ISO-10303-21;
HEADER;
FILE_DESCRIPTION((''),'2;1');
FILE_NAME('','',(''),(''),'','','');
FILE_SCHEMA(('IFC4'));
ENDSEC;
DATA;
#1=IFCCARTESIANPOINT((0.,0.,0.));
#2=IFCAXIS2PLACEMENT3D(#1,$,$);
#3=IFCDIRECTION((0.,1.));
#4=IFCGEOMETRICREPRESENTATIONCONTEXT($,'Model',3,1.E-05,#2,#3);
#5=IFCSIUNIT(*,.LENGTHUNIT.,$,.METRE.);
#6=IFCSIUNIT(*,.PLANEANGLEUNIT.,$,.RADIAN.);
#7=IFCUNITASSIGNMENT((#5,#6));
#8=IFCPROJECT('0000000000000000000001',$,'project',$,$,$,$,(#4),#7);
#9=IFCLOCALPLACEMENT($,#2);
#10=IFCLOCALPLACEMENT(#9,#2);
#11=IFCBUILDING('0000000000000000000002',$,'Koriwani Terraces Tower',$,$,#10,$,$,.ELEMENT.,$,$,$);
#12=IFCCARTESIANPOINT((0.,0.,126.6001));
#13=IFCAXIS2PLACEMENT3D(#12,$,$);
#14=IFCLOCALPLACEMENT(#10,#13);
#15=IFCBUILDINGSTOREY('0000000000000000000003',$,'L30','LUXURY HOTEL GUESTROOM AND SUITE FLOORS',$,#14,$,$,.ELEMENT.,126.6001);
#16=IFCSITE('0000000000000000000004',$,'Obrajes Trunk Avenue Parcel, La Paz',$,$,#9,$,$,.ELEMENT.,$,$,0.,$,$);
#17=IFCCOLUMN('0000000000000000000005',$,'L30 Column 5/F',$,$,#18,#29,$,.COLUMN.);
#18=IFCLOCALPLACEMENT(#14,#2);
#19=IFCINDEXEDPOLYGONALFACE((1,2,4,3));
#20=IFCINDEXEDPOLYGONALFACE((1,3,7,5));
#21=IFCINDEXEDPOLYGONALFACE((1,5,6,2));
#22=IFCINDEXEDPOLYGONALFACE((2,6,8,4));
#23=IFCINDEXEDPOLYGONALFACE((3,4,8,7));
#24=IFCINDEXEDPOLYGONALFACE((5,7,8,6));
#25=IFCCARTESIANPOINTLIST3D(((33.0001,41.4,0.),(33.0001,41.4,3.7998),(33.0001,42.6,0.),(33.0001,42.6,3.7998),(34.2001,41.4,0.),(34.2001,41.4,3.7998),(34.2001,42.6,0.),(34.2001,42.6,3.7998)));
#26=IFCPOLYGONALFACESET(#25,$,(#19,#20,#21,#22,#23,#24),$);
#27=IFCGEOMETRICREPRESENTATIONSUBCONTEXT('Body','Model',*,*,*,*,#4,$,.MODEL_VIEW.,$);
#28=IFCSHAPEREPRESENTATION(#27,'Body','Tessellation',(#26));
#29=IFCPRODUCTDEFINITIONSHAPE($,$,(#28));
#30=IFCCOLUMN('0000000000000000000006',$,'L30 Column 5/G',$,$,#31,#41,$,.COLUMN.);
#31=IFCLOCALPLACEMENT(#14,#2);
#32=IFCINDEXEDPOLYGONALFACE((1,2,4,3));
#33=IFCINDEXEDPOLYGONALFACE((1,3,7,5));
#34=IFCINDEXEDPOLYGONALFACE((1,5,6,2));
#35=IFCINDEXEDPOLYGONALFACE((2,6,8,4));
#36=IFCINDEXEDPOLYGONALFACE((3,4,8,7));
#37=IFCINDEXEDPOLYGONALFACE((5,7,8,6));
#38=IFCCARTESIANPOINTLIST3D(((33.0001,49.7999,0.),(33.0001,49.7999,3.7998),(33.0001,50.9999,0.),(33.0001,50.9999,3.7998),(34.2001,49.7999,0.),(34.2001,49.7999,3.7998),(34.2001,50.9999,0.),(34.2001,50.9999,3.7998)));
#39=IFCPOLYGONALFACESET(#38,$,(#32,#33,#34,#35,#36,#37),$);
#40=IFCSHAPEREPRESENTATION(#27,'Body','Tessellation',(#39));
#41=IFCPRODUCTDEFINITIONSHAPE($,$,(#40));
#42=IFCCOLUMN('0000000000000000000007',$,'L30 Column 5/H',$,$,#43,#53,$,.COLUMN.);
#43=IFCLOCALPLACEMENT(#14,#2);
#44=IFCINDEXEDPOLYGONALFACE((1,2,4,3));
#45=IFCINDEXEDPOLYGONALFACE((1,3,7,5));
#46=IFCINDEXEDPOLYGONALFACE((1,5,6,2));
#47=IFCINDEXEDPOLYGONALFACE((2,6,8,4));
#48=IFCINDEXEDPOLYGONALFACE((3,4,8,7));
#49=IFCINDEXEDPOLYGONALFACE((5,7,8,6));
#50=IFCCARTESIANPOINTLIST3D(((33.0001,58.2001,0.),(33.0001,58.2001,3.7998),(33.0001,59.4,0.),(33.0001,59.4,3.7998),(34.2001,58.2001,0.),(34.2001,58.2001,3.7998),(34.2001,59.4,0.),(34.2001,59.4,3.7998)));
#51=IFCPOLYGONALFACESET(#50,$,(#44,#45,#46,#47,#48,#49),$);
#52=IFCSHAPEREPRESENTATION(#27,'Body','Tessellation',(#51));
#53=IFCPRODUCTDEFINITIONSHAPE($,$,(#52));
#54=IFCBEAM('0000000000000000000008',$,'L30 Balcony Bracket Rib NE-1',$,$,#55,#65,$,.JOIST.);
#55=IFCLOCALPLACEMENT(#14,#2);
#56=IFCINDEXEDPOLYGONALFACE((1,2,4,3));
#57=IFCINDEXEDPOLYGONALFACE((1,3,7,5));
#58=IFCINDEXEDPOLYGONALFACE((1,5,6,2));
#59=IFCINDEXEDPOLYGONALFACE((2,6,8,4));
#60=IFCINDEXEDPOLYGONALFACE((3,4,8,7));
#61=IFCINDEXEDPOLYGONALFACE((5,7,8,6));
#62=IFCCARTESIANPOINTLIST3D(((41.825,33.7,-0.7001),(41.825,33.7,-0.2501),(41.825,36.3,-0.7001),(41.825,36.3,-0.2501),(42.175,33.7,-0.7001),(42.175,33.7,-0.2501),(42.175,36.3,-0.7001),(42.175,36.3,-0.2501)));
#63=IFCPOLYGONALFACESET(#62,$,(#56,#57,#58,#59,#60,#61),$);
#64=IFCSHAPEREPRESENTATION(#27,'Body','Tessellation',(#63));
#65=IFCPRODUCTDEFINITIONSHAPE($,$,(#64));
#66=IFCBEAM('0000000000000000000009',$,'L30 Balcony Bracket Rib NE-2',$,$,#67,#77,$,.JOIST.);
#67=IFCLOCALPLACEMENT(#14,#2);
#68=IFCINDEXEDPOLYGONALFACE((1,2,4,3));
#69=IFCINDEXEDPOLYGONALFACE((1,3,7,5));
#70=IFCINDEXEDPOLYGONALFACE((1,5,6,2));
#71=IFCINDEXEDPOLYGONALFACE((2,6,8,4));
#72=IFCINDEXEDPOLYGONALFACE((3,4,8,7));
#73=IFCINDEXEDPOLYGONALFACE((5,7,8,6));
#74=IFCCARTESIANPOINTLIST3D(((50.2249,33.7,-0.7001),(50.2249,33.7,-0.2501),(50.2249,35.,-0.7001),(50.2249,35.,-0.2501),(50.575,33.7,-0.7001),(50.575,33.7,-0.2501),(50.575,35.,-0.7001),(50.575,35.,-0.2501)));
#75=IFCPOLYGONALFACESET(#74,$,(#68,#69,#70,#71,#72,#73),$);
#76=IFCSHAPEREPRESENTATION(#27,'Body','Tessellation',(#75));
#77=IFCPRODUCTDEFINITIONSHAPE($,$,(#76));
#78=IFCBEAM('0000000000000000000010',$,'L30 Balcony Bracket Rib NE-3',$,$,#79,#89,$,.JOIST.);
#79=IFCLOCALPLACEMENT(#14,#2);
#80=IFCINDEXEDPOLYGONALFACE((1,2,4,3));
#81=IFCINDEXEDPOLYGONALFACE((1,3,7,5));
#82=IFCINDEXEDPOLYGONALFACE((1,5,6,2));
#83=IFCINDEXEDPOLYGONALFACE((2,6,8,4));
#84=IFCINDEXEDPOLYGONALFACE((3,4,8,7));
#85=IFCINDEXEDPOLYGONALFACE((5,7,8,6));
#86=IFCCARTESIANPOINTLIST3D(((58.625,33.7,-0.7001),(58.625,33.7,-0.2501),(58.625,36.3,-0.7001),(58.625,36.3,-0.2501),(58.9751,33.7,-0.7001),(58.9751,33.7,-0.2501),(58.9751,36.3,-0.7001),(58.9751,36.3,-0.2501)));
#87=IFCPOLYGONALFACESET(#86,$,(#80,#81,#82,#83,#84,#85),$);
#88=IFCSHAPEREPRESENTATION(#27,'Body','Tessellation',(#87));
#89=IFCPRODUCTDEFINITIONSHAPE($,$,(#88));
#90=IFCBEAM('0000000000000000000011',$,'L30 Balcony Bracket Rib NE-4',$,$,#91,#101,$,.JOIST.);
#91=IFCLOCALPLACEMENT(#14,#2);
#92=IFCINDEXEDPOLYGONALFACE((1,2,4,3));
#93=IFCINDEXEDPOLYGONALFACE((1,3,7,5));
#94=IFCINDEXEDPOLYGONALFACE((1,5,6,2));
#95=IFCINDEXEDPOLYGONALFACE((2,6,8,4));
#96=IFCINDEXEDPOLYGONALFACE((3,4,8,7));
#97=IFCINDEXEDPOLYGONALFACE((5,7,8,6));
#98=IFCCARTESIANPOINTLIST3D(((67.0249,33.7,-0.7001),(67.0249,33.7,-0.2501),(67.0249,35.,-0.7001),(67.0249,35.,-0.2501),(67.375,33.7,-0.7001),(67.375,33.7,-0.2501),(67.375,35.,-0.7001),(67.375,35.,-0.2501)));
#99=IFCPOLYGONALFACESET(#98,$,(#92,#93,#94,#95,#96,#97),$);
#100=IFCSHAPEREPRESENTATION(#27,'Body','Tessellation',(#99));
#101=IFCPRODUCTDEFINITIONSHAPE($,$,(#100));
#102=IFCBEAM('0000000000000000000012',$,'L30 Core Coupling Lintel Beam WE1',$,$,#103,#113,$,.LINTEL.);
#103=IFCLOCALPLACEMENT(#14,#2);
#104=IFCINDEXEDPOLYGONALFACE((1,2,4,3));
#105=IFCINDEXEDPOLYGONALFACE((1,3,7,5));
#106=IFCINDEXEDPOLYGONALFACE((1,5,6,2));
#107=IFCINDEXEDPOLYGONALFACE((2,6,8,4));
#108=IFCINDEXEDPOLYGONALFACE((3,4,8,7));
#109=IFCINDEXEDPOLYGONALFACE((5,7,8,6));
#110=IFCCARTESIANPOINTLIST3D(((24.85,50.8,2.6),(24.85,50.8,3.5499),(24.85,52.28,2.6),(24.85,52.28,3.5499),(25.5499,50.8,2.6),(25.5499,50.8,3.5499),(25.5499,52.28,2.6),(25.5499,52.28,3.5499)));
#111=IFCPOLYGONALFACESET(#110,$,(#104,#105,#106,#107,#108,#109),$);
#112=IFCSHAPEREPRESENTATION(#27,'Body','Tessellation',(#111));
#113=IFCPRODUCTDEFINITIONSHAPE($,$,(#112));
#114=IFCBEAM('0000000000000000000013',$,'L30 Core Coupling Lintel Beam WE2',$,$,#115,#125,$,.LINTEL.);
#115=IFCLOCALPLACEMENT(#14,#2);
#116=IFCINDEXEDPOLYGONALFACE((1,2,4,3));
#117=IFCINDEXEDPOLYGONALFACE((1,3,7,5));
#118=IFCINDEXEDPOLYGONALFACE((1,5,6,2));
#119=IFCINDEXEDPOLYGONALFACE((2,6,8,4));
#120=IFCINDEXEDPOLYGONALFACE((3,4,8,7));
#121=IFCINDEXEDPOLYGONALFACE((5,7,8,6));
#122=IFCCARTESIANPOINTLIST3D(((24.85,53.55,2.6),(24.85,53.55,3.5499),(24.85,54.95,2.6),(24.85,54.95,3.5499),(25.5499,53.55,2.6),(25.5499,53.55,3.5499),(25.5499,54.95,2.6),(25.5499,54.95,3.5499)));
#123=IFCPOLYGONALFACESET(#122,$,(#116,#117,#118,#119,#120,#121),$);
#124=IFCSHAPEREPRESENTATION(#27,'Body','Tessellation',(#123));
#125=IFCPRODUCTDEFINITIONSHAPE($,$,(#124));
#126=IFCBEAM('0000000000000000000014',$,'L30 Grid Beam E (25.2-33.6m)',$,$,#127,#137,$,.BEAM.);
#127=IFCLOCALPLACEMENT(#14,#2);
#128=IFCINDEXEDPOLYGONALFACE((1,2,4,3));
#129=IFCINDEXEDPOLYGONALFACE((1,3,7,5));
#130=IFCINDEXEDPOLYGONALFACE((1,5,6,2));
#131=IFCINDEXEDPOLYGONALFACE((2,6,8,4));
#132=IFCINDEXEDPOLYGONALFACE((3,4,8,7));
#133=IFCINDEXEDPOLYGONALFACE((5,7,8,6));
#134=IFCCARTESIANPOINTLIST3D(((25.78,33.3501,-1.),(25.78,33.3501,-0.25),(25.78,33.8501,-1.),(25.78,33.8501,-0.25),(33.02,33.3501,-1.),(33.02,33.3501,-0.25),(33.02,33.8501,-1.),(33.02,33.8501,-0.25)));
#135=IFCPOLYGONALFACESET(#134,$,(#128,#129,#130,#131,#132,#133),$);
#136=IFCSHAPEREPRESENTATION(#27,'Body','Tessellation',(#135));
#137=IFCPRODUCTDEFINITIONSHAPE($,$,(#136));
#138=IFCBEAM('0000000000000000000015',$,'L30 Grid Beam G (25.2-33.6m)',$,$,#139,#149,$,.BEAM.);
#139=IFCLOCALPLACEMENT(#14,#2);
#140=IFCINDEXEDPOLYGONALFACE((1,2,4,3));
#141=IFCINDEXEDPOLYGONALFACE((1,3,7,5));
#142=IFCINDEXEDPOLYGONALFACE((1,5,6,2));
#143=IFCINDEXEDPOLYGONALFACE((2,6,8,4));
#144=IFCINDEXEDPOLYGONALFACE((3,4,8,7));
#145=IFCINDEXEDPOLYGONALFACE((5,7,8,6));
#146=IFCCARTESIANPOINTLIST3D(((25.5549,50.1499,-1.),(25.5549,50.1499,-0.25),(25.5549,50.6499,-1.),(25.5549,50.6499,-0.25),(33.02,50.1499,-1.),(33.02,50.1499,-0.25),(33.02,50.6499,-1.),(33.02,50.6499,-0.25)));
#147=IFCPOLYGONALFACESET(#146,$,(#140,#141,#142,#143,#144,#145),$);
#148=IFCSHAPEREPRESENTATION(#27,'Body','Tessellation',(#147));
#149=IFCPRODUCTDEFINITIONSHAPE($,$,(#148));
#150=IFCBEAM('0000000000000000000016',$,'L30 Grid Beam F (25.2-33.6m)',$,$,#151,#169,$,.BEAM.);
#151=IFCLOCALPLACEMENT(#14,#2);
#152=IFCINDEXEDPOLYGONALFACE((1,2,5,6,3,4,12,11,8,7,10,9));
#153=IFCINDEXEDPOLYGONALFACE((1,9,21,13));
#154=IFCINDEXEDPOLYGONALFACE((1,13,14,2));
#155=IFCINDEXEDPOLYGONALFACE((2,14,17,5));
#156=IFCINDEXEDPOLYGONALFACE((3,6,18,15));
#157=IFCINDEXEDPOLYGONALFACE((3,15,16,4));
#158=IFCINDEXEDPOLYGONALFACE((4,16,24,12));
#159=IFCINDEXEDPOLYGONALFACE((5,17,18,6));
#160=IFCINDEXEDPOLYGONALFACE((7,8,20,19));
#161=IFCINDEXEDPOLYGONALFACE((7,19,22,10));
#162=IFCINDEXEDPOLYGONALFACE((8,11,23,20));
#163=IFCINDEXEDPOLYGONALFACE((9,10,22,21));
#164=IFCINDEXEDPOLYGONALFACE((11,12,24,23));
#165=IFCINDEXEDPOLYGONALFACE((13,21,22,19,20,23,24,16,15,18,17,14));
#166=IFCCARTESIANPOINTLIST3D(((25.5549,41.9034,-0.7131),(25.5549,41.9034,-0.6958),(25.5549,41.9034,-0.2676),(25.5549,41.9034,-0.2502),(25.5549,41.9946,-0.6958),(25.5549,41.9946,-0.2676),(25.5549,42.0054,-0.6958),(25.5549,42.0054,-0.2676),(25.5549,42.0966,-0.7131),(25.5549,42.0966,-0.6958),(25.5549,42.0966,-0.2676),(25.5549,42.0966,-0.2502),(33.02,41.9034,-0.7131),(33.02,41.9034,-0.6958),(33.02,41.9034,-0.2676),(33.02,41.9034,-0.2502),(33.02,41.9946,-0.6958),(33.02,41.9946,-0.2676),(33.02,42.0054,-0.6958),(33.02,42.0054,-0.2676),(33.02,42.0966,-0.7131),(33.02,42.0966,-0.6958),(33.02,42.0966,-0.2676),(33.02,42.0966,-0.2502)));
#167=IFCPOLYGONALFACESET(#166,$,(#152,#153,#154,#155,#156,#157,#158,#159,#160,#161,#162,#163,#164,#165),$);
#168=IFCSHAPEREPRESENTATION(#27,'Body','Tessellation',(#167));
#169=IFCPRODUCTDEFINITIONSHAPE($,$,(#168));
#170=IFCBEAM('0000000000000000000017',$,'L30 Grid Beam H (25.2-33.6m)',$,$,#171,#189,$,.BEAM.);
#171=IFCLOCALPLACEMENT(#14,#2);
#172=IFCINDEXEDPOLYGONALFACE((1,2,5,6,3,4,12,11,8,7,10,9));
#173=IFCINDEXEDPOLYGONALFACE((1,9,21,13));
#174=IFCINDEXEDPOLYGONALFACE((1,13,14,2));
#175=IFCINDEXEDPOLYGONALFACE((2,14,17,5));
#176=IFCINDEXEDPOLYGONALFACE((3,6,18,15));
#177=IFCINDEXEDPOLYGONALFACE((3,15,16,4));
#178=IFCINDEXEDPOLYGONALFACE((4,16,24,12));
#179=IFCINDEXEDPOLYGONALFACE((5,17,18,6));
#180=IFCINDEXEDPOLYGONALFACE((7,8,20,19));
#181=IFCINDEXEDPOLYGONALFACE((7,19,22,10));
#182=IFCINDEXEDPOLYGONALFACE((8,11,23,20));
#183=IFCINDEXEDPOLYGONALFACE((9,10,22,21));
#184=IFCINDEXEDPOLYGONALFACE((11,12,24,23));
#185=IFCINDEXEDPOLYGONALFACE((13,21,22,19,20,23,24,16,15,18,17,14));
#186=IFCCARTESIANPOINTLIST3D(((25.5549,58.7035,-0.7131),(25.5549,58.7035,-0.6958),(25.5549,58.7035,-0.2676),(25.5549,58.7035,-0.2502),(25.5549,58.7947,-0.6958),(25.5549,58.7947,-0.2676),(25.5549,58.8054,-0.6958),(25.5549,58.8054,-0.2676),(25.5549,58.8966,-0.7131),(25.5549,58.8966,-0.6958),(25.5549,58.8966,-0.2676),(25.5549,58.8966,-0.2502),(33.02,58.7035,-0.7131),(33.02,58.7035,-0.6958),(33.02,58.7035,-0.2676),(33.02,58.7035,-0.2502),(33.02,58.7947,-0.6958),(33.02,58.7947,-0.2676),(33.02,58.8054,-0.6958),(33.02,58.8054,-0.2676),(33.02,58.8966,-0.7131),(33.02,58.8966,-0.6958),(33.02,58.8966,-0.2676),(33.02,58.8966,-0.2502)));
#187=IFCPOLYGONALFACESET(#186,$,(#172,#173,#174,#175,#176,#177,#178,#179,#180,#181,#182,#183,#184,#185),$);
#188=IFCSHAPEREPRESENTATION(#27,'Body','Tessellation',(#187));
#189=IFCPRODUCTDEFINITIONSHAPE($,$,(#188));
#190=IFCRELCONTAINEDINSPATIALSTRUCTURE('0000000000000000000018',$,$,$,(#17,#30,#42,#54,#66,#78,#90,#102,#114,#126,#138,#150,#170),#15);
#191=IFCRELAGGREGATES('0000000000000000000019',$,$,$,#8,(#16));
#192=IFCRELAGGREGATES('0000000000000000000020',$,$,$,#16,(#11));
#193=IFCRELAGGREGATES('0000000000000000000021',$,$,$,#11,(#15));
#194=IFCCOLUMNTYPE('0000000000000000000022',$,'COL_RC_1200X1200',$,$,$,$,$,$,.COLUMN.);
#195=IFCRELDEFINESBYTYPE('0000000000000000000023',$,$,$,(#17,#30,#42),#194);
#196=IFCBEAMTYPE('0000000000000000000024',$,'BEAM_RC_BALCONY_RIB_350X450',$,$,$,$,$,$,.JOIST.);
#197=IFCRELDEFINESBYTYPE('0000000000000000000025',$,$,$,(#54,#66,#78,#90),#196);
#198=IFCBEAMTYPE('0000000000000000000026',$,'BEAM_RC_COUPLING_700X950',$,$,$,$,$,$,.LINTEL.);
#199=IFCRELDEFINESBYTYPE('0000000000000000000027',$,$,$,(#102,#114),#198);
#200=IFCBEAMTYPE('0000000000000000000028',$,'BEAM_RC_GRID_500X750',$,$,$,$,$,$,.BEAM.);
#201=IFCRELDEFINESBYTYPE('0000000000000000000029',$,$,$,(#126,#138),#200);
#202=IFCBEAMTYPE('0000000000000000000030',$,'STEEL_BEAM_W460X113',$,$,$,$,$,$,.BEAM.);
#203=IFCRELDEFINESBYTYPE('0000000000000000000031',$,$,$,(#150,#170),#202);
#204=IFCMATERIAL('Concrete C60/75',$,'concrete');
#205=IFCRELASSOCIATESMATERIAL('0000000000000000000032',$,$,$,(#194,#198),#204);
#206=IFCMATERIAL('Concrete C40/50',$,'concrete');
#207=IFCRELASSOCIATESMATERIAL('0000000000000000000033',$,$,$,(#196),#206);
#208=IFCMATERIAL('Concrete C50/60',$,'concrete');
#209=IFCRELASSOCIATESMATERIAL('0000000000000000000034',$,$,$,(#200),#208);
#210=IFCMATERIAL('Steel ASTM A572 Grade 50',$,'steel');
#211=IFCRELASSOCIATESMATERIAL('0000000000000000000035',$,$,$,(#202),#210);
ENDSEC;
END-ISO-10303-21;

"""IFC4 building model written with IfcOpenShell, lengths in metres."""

from ifc_helpers import new_model, si_unit, direction, frame, origin, origin_2d, place, context, subcontext, project, spatial, rectangle, i_section, extrude, material, material_profile, profile_set, type_object, element, save


model = new_model("IFC4")

# Units and contexts
model_context = context("Model", 3, precision=1e-05, world=origin(), true_north=direction((0.0, 1.0)))
body_context = subcontext(model_context, "Body", "Model", "MODEL_VIEW")
ifc_project = project(units=[si_unit("LENGTHUNIT", "METRE"), si_unit("PLANEANGLEUNIT", "RADIAN")], contexts=[model_context])

# Site, building, storey
site_placement = place(None, origin())
site = spatial("IfcSite", under=ifc_project, at=site_placement, Name="Obrajes Trunk Avenue Parcel, La Paz", CompositionType="ELEMENT", RefElevation=0.0)
building_placement = place(site_placement, origin())
building = spatial("IfcBuilding", under=site, at=building_placement, Name="Koriwani Terraces Tower", CompositionType="ELEMENT")
storey_placement = place(building_placement, frame((0.0, 0.0, 126.6001)))
storey = spatial("IfcBuildingStorey", under=building, at=storey_placement, Name="L30", Description="LUXURY HOTEL GUESTROOM AND SUITE FLOORS", CompositionType="ELEMENT", Elevation=126.6001)

# Columns
ifc_material_1 = material(Name="Concrete C60/75", Category="concrete")
ifc_material_profile_1 = material_profile(ifc_material_1, rectangle(XDim=1.2, YDim=1.2, at=origin_2d()), Name="Concrete C60/75", Category="LoadBearing")
ifc_profile_set_1 = profile_set([ifc_material_profile_1], Name="Concrete C60/75")
column_type = type_object("IfcColumnType", Name="COL_RC_1200X1200", PredefinedType="COLUMN", material=ifc_profile_set_1)
for number, where, z_axis, x_axis, name in (
    (1, (33.6001, 42.0, 0.0), (0.0, 0.0, 1.0), (1.0, 0.0, 0.0), "L30 Column 5/F"),
    (2, (33.6001, 50.3999, 0.0), (0.0, 0.0, 1.0), (1.0, 0.0, 0.0), "L30 Column 5/G"),
    (3, (33.6001, 58.8, 0.0), (0.0, 0.0, 1.0), (1.0, 0.0, 0.0), "L30 Column 5/H"),
):
    element("IfcColumn", number, at=place(storey_placement, frame(where, z_axis=z_axis, x_axis=x_axis)), inside=storey, type_object=column_type, Name=name, PredefinedType="COLUMN", context=body_context, shape_type="SweptSolid", body=[
        extrude(rectangle(XDim=1.2, YDim=1.2, at=origin_2d()), origin(), (0.0, 0.0, 1.0), 3.7998),
    ])

# Beams
ifc_material_2 = material(Name="Concrete C40/50", Category="concrete")
ifc_material_profile_2 = material_profile(ifc_material_2, rectangle(XDim=0.3501, YDim=0.45, at=origin_2d()), Name="Concrete C40/50", Category="LoadBearing")
ifc_profile_set_2 = profile_set([ifc_material_profile_2], Name="Concrete C40/50")
beam_type_1 = type_object("IfcBeamType", Name="BEAM_RC_BALCONY_RIB_350X450", PredefinedType="JOIST", material=ifc_profile_set_2)
beam_1_placement = place(storey_placement, frame((42.0, 33.7, -0.4751), z_axis=(0.0, 1.0, 0.0), x_axis=(-1.0, 0.0, 0.0)))
element("IfcBeam", 4, at=beam_1_placement, inside=storey, type_object=beam_type_1, Name="L30 Balcony Bracket Rib NE-1", PredefinedType="JOIST", context=body_context, shape_type="SweptSolid", body=[
    extrude(rectangle(XDim=0.3501, YDim=0.45, at=origin_2d()), origin(), (0.0, 0.0, 1.0), 2.6001),
])
beam_2_placement = place(storey_placement, frame((50.3999, 33.7, -0.4751), z_axis=(0.0, 1.0, 0.0), x_axis=(-1.0, 0.0, 0.0)))
element("IfcBeam", 5, at=beam_2_placement, inside=storey, type_object=beam_type_1, Name="L30 Balcony Bracket Rib NE-2", PredefinedType="JOIST", context=body_context, shape_type="SweptSolid", body=[
    extrude(rectangle(XDim=0.3501, YDim=0.45, at=origin_2d()), origin(), (0.0, 0.0, 1.0), 1.3),
])
beam_3_placement = place(storey_placement, frame((58.8, 33.7, -0.4751), z_axis=(0.0, 1.0, 0.0), x_axis=(-1.0, 0.0, 0.0)))
element("IfcBeam", 6, at=beam_3_placement, inside=storey, type_object=beam_type_1, Name="L30 Balcony Bracket Rib NE-3", PredefinedType="JOIST", context=body_context, shape_type="SweptSolid", body=[
    extrude(rectangle(XDim=0.3501, YDim=0.45, at=origin_2d()), origin(), (0.0, 0.0, 1.0), 2.6001),
])
beam_4_placement = place(storey_placement, frame((67.2, 33.7, -0.4751), z_axis=(0.0, 1.0, 0.0), x_axis=(-1.0, 0.0, 0.0)))
element("IfcBeam", 7, at=beam_4_placement, inside=storey, type_object=beam_type_1, Name="L30 Balcony Bracket Rib NE-4", PredefinedType="JOIST", context=body_context, shape_type="SweptSolid", body=[
    extrude(rectangle(XDim=0.3501, YDim=0.45, at=origin_2d()), origin(), (0.0, 0.0, 1.0), 1.3),
])
ifc_material_profile_3 = material_profile(ifc_material_1, rectangle(XDim=0.7, YDim=0.95, at=origin_2d()), Name="Concrete C60/75", Category="LoadBearing")
ifc_profile_set_3 = profile_set([ifc_material_profile_3], Name="Concrete C60/75")
beam_type_2 = type_object("IfcBeamType", Name="BEAM_RC_COUPLING_700X950", PredefinedType="LINTEL", material=ifc_profile_set_3)
beam_5_placement = place(storey_placement, frame((25.2, 50.8, 3.075), z_axis=(0.0, 1.0, 0.0), x_axis=(-1.0, 0.0, 0.0)))
element("IfcBeam", 8, at=beam_5_placement, inside=storey, type_object=beam_type_2, Name="L30 Core Coupling Lintel Beam WE1", PredefinedType="LINTEL", context=body_context, shape_type="SweptSolid", body=[
    extrude(rectangle(XDim=0.7, YDim=0.95, at=origin_2d()), origin(), (0.0, 0.0, 1.0), 1.48),
])
beam_6_placement = place(storey_placement, frame((25.2, 53.55, 3.075), z_axis=(0.0, 1.0, 0.0), x_axis=(-1.0, 0.0, 0.0)))
element("IfcBeam", 9, at=beam_6_placement, inside=storey, type_object=beam_type_2, Name="L30 Core Coupling Lintel Beam WE2", PredefinedType="LINTEL", context=body_context, shape_type="SweptSolid", body=[
    extrude(rectangle(XDim=0.7, YDim=0.95, at=origin_2d()), origin(), (0.0, 0.0, 1.0), 1.3999),
])
ifc_material_3 = material(Name="Concrete C50/60", Category="concrete")
ifc_material_profile_4 = material_profile(ifc_material_3, rectangle(XDim=0.5, YDim=0.75, at=origin_2d()), Name="Concrete C50/60", Category="LoadBearing")
ifc_profile_set_4 = profile_set([ifc_material_profile_4], Name="Concrete C50/60")
beam_type_3 = type_object("IfcBeamType", Name="BEAM_RC_GRID_500X750", PredefinedType="BEAM", material=ifc_profile_set_4)
beam_7_placement = place(storey_placement, frame((25.78, 33.6001, -0.625), z_axis=(1.0, 0.0, 0.0), x_axis=(0.0, 1.0, 0.0)))
element("IfcBeam", 10, at=beam_7_placement, inside=storey, type_object=beam_type_3, Name="L30 Grid Beam E (25.2-33.6m)", PredefinedType="BEAM", context=body_context, shape_type="SweptSolid", body=[
    extrude(rectangle(XDim=0.5, YDim=0.75, at=origin_2d()), origin(), (0.0, 0.0, 1.0), 7.24),
])
beam_8_placement = place(storey_placement, frame((25.5549, 50.3999, -0.625), z_axis=(1.0, 0.0, 0.0), x_axis=(0.0, 1.0, 0.0)))
element("IfcBeam", 11, at=beam_8_placement, inside=storey, type_object=beam_type_3, Name="L30 Grid Beam G (25.2-33.6m)", PredefinedType="BEAM", context=body_context, shape_type="SweptSolid", body=[
    extrude(rectangle(XDim=0.5, YDim=0.75, at=origin_2d()), origin(), (0.0, 0.0, 1.0), 7.4651),
])
ifc_material_4 = material(Name="Steel ASTM A572 Grade 50", Category="steel")
ifc_material_profile_5 = material_profile(ifc_material_4, i_section(OverallWidth=0.1931, OverallDepth=0.4629, WebThickness=0.0107, FlangeThickness=0.0173, at=origin_2d()), Name="Steel ASTM A572 Grade 50", Category="LoadBearing")
ifc_profile_set_5 = profile_set([ifc_material_profile_5], Name="Steel ASTM A572 Grade 50")
beam_type_4 = type_object("IfcBeamType", Name="STEEL_BEAM_W460X113", PredefinedType="BEAM", material=ifc_profile_set_5)
for number, where, z_axis, x_axis, name in (
    (12, (25.5549, 42.0, -0.4817), (1.0, 0.0, 0.0), (0.0, 1.0, 0.0), "L30 Grid Beam F (25.2-33.6m)"),
    (13, (25.5549, 58.8, -0.4817), (1.0, 0.0, 0.0), (0.0, 1.0, 0.0), "L30 Grid Beam H (25.2-33.6m)"),
):
    element("IfcBeam", number, at=place(storey_placement, frame(where, z_axis=z_axis, x_axis=x_axis)), inside=storey, type_object=beam_type_4, Name=name, PredefinedType="BEAM", context=body_context, shape_type="SweptSolid", body=[
        extrude(i_section(OverallWidth=0.1931, OverallDepth=0.4629, WebThickness=0.0107, FlangeThickness=0.0173, at=origin_2d()), origin(), (0.0, 0.0, 1.0), 7.4651),
    ])

save(model, "model.ifc")
